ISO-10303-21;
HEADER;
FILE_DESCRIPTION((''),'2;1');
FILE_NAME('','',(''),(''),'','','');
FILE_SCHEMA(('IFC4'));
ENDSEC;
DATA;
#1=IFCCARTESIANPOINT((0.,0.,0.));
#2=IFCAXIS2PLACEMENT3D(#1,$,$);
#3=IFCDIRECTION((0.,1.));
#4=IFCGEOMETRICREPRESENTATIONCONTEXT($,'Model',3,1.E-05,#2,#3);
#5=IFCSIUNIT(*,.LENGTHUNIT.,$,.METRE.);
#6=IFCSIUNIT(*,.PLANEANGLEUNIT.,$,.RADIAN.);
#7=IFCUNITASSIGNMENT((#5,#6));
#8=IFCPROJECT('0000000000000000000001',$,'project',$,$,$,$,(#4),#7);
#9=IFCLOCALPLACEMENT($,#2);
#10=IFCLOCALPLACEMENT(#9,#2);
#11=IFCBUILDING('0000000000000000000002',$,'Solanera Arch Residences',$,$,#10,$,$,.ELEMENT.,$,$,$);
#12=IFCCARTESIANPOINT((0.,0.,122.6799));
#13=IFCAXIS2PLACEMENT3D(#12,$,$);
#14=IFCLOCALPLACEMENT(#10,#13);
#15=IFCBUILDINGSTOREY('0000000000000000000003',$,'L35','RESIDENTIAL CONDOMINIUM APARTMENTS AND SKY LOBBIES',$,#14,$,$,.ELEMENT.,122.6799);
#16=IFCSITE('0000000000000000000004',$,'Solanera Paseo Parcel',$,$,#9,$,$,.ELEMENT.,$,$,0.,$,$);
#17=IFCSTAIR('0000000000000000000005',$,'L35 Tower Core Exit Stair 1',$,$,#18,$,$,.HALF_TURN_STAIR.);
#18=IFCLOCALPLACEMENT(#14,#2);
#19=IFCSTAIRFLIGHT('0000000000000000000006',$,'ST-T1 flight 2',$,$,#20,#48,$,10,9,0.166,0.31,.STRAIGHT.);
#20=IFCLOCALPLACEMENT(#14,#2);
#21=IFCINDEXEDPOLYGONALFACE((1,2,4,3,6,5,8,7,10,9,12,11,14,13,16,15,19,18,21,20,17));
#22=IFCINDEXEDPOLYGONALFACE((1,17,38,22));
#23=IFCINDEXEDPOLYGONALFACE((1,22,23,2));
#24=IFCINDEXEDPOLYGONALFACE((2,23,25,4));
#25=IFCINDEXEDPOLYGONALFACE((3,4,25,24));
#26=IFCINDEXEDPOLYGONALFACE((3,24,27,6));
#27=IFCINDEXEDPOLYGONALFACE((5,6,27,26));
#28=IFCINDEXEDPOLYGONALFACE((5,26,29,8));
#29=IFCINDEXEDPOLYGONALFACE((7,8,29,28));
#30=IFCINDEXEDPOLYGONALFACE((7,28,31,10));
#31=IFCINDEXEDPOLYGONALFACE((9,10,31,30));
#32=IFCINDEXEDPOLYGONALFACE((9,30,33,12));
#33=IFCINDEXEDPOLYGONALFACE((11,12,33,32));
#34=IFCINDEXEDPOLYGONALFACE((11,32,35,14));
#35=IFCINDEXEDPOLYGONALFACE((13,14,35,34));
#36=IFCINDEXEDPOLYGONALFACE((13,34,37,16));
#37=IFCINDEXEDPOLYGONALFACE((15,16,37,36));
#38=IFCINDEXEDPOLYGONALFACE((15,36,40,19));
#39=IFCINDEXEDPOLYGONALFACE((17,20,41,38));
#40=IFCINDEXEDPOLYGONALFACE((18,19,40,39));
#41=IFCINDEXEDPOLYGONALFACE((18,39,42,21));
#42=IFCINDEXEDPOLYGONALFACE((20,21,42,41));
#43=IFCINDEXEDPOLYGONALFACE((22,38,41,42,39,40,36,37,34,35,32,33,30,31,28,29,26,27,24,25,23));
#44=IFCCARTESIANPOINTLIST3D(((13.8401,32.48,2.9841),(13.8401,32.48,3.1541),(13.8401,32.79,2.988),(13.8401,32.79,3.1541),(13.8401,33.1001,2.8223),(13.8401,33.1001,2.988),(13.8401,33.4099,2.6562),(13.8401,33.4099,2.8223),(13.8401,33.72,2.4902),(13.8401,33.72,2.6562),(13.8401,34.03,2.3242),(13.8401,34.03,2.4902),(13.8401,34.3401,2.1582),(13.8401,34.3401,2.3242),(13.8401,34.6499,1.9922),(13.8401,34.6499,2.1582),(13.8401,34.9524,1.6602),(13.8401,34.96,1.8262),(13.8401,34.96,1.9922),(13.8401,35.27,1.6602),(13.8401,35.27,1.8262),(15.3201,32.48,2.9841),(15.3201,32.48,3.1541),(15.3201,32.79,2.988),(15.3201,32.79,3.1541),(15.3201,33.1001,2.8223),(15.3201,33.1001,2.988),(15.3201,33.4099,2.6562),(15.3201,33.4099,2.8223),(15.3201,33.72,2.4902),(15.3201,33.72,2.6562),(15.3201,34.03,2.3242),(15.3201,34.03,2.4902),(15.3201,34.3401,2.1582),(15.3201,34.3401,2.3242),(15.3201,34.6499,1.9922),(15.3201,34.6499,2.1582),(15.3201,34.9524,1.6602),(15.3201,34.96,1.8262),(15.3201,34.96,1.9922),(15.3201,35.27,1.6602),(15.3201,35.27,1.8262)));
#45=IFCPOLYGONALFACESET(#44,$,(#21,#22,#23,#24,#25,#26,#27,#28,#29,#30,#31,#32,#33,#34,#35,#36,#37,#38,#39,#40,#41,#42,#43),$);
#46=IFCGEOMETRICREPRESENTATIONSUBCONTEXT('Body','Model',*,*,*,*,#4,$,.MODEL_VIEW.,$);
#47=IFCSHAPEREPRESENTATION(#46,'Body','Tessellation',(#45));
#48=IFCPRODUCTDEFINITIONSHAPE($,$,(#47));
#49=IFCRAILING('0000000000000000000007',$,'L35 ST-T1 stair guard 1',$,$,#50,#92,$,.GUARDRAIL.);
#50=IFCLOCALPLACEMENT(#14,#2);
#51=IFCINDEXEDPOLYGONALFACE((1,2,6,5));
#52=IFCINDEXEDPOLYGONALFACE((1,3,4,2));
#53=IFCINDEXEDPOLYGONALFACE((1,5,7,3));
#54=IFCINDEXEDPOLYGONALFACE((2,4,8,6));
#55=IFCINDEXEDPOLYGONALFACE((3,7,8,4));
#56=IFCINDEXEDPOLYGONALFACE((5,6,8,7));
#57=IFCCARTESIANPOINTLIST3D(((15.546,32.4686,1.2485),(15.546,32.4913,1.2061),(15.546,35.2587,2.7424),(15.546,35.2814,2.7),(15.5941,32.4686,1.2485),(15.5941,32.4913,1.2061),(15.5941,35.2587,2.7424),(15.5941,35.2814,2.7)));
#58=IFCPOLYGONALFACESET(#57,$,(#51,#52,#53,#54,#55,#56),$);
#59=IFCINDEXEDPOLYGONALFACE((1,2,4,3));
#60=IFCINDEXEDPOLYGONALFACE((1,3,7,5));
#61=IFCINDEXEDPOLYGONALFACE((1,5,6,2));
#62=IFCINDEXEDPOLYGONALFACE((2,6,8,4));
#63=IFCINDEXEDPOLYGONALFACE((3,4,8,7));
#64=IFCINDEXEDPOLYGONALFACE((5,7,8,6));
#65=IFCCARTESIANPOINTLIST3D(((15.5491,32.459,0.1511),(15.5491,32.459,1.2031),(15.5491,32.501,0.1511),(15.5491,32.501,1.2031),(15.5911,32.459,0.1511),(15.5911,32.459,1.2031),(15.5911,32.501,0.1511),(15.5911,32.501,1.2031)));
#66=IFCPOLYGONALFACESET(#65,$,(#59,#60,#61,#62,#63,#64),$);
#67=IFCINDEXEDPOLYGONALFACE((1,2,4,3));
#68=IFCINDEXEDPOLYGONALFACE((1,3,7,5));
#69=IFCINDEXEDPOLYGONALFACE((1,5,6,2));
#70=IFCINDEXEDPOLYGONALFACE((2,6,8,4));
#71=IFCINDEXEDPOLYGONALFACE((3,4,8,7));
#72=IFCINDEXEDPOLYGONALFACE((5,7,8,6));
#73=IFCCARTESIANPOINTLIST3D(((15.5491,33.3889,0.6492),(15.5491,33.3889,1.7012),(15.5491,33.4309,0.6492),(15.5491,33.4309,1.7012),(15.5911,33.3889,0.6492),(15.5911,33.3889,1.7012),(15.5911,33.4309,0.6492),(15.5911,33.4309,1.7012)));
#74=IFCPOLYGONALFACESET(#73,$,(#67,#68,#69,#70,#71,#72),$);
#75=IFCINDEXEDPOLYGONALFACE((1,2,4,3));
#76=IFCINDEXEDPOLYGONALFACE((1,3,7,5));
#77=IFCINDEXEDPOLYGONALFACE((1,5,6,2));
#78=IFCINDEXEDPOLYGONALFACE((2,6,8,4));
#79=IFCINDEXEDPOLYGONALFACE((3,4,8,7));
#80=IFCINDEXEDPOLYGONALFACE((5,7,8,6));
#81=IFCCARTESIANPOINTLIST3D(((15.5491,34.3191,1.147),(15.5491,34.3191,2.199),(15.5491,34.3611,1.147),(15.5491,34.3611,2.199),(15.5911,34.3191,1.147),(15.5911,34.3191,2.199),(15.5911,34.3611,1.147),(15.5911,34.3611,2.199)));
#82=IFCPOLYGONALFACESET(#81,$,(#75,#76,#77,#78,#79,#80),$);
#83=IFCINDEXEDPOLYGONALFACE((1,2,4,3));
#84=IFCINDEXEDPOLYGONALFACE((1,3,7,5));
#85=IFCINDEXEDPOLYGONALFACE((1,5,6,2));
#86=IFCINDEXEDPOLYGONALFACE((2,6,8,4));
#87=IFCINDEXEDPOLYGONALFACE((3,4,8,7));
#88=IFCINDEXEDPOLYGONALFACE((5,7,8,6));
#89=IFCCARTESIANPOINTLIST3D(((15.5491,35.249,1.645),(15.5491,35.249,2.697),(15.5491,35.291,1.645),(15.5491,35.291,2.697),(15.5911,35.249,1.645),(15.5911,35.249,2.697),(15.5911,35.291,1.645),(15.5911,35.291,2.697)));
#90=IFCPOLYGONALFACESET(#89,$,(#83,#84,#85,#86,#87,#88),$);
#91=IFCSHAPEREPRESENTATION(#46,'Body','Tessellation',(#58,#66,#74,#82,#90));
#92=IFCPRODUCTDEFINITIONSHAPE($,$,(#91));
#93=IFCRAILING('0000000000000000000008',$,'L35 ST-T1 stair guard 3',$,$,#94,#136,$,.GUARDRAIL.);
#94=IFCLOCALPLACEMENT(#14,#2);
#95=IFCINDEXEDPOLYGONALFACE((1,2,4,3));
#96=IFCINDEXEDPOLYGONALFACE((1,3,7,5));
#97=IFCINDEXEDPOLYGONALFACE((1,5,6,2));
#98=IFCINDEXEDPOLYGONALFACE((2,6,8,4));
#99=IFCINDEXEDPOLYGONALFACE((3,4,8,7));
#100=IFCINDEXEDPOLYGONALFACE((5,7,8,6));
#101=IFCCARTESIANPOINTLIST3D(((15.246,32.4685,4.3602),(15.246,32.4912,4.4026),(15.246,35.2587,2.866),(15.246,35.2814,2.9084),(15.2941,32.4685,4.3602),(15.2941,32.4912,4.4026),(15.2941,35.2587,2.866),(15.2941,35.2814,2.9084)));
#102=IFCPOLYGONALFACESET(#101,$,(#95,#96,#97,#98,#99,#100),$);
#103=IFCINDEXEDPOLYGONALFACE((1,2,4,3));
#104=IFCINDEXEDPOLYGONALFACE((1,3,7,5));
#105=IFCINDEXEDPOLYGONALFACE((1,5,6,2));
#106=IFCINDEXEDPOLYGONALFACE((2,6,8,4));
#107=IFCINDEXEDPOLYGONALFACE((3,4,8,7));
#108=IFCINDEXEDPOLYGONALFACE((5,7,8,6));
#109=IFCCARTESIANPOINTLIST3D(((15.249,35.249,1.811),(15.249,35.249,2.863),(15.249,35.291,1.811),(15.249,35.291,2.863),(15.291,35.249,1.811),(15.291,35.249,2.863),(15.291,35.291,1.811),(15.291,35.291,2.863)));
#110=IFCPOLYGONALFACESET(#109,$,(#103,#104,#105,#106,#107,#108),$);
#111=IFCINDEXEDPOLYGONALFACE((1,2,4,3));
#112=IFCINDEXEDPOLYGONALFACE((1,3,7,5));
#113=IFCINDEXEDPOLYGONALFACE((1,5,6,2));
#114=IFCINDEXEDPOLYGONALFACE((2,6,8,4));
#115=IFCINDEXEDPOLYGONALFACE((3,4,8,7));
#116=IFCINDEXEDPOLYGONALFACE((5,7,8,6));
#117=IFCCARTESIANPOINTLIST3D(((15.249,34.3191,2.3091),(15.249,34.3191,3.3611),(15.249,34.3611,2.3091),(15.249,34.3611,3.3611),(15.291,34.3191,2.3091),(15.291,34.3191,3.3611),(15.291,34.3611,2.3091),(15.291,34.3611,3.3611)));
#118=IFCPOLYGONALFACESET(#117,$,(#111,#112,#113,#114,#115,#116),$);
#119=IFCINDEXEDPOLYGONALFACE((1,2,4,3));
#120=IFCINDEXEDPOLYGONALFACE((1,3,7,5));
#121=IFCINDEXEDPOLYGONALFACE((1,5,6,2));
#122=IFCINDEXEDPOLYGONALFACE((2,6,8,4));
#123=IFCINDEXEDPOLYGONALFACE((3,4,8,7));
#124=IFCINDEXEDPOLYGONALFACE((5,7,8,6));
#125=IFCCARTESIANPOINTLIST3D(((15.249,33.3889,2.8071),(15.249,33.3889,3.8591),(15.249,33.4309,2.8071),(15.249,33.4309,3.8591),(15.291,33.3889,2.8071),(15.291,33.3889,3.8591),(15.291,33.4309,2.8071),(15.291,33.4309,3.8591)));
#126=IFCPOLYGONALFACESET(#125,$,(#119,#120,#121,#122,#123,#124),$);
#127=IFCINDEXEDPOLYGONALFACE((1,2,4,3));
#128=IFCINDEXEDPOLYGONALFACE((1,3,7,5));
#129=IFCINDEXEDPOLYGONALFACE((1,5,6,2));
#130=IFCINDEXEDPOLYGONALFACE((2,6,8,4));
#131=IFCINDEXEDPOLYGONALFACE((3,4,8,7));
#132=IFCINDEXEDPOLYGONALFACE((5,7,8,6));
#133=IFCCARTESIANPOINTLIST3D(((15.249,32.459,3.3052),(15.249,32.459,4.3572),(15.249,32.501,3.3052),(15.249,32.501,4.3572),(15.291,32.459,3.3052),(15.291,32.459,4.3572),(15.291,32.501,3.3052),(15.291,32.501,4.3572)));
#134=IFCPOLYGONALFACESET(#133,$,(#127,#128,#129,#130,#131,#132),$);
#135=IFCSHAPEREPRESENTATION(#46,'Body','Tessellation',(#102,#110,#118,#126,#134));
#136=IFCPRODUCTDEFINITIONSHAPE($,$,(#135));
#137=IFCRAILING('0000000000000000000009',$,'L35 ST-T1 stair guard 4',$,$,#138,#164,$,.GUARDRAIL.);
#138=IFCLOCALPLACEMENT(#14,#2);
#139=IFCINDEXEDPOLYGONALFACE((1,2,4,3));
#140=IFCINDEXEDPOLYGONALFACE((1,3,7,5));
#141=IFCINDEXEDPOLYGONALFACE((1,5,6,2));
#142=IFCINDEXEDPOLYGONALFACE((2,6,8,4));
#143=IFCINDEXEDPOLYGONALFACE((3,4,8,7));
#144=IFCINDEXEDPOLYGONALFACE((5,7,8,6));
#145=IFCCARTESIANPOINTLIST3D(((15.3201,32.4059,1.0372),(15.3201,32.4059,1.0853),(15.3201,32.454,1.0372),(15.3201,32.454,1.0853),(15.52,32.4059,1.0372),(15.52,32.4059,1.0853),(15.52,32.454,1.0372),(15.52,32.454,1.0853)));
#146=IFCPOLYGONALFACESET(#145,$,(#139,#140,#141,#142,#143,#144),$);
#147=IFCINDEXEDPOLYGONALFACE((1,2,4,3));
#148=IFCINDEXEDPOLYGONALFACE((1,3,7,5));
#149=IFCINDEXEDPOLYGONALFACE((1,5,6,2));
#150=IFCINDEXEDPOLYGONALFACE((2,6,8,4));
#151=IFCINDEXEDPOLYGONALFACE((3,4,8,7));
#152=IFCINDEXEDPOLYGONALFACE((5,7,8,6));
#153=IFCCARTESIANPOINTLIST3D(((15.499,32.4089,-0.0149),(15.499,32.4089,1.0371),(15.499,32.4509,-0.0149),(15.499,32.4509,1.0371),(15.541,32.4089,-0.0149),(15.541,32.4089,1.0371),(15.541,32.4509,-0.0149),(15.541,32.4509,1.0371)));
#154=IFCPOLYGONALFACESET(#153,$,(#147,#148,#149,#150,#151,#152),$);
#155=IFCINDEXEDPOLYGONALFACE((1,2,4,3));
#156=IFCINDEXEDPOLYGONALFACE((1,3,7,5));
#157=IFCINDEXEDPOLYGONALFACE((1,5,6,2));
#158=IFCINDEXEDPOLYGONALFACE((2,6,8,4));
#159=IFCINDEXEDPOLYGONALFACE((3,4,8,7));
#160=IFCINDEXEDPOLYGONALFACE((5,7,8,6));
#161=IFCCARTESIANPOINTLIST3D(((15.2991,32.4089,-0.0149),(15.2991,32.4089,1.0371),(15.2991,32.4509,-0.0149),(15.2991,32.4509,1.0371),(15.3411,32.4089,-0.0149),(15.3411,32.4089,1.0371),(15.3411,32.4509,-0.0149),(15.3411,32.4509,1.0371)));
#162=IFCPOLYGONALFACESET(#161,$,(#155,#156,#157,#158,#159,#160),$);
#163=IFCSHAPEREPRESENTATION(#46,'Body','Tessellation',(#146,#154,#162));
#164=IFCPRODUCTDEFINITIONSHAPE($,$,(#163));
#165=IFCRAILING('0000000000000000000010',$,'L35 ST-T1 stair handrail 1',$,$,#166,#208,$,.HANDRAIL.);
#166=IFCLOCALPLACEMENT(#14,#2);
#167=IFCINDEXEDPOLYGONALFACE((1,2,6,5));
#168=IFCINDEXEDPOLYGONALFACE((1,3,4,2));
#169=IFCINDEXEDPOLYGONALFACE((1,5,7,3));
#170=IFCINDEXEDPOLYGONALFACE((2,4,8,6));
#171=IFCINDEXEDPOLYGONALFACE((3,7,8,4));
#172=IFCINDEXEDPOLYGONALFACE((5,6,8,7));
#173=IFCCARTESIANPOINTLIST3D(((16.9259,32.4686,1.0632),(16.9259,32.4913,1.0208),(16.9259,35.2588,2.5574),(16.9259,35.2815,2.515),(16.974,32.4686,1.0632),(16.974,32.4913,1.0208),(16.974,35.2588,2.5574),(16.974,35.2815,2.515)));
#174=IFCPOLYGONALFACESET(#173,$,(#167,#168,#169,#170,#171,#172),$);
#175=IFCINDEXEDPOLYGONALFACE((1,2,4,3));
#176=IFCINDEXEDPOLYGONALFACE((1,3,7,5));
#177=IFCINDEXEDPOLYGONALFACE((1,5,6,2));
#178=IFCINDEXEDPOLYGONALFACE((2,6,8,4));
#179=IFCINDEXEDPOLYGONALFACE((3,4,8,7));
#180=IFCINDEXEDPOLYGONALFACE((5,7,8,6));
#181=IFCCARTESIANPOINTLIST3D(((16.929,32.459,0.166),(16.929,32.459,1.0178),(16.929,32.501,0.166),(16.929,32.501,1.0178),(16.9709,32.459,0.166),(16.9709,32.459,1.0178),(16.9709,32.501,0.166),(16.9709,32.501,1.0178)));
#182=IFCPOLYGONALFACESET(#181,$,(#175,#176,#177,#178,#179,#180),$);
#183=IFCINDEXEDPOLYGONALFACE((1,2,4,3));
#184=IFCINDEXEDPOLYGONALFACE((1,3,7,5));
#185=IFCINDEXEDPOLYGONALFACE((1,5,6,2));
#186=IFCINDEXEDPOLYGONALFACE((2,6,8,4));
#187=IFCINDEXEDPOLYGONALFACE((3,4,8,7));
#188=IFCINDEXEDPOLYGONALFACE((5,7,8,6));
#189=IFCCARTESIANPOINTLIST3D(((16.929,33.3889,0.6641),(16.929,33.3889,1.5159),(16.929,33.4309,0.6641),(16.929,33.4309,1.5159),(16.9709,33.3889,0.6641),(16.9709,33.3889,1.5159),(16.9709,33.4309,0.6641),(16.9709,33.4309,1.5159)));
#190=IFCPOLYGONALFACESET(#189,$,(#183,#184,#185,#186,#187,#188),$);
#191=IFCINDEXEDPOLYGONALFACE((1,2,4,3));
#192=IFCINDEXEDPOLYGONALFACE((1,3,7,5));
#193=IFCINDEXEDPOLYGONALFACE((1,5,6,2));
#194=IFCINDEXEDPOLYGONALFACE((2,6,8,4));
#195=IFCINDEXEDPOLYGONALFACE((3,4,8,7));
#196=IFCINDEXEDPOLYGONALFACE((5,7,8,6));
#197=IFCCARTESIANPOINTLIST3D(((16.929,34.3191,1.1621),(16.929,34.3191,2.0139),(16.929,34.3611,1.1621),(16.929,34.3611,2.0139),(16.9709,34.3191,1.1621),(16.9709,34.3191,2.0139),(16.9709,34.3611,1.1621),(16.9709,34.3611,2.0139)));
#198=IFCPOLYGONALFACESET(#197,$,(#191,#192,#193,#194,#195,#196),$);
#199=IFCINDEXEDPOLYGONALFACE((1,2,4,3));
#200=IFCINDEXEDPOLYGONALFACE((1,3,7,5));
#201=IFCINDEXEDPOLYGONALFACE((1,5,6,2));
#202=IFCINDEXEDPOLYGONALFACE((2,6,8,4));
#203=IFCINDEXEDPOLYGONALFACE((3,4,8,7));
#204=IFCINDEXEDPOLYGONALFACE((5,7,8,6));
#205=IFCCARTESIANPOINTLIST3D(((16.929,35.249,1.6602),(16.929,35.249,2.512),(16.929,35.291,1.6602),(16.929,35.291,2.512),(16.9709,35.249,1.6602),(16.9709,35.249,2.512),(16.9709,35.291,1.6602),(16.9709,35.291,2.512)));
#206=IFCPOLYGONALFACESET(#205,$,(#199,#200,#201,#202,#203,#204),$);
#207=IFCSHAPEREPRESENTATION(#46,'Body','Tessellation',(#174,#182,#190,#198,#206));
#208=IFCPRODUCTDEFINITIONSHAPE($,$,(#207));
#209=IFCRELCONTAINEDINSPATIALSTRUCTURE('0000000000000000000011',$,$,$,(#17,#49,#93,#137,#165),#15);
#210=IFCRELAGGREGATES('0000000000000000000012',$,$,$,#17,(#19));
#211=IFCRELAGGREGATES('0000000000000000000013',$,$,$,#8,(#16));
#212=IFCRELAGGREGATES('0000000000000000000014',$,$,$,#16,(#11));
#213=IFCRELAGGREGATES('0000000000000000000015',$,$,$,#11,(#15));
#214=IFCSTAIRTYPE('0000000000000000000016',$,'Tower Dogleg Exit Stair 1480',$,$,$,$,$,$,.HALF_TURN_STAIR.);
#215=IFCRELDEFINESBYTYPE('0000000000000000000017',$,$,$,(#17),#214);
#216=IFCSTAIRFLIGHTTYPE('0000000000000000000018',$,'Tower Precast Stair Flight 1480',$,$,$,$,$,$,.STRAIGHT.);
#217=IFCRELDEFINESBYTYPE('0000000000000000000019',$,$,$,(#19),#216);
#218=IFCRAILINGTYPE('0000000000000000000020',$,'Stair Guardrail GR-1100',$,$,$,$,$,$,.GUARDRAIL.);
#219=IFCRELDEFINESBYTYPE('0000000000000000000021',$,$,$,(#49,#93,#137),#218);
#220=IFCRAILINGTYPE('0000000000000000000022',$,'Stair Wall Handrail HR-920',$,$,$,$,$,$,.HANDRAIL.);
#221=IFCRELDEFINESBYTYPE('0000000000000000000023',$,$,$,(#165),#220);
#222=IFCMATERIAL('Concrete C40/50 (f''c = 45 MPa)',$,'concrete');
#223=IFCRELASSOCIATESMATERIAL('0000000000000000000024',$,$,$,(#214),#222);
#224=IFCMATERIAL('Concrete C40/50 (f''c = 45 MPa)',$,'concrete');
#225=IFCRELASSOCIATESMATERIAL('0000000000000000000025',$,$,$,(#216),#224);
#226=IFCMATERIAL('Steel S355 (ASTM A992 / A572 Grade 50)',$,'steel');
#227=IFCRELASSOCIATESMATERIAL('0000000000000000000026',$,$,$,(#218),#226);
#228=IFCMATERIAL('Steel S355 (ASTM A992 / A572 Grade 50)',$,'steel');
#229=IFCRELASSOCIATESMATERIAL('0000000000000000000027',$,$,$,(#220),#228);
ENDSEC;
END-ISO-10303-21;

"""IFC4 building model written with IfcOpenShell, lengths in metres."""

from ifc_helpers import new_model, si_unit, direction, frame, origin, origin_2d, place, context, subcontext, project, spatial, polyline, rectangle, outline, extrude, material, type_object, element, aggregate, save


model = new_model("IFC4")

# Units and contexts
model_context = context("Model", 3, precision=1e-05, world=origin(), true_north=direction((0.0, 1.0)))
body_context = subcontext(model_context, "Body", "Model", "MODEL_VIEW")
ifc_project = project(units=[si_unit("LENGTHUNIT", "METRE"), si_unit("PLANEANGLEUNIT", "RADIAN")], contexts=[model_context])

# Site, building, storey
site_placement = place(None, origin())
site = spatial("IfcSite", under=ifc_project, at=site_placement, Name="Solanera Paseo Parcel", CompositionType="ELEMENT", RefElevation=0.0)
building_placement = place(site_placement, origin())
building = spatial("IfcBuilding", under=site, at=building_placement, Name="Solanera Arch Residences", CompositionType="ELEMENT")
storey_placement = place(building_placement, frame((0.0, 0.0, 122.6799)))
storey = spatial("IfcBuildingStorey", under=building, at=storey_placement, Name="L35", Description="RESIDENTIAL CONDOMINIUM APARTMENTS AND SKY LOBBIES", CompositionType="ELEMENT", Elevation=122.6799)

# Stair, stair flight
ifc_material_1 = material(Name="Concrete C40/50 (f'c = 45 MPa)", Category="concrete")
stair_type = type_object("IfcStairType", Name="Tower Dogleg Exit Stair 1480", PredefinedType="HALF_TURN_STAIR", material=ifc_material_1)
stair_placement = place(storey_placement, origin())
stair = element("IfcStair", 1, at=stair_placement, inside=storey, type_object=stair_type, Name="L35 Tower Core Exit Stair 1", PredefinedType="HALF_TURN_STAIR")
ifc_material_2 = material(Name="Concrete C40/50 (f'c = 45 MPa)", Category="concrete")
stair_flight_type = type_object("IfcStairFlightType", Name="Tower Precast Stair Flight 1480", PredefinedType="STRAIGHT", material=ifc_material_2)
stair_flight_1_placement = place(storey_placement, frame((14.5801, 35.27, 1.6602), z_axis=(0.0, 0.0, 1.0), x_axis=(0.0, -1.0, 0.0)))
stair_flight_1 = element("IfcStairFlight", 2, at=stair_flight_1_placement, type_object=stair_flight_type, Name="ST-T1 flight 2", NumberOfRisers=10, NumberOfTreads=9, PredefinedType="STRAIGHT", RiserHeight=0.166, TreadLength=0.31, context=body_context, shape_type="SweptSolid", body=[
    extrude(outline(polyline([(0.0, 0.0), (0.0, 0.166), (0.3101, 0.166), (0.3101, 0.332), (0.6201, 0.332), (0.6201, 0.498), (0.9299, 0.498), (0.9299, 0.6641), (1.24, 0.6641), (1.24, 0.8301), (1.55, 0.8301), (1.55, 0.9961), (1.8601, 0.9961), (1.8601, 1.1621), (2.1699, 1.1621), (2.1699, 1.3279), (2.48, 1.3279), (2.48, 1.4939), (2.79, 1.4939), (2.79, 1.6599), (2.79, 1.324), (0.3176, 0.0), (0.0, 0.0)])), frame((0.0, 0.74, 0.0), z_axis=(0.0, -1.0, 0.0), x_axis=(1.0, 0.0, 0.0)), (0.0, 0.0, 1.0), 1.48),
])
aggregate(stair, [stair_flight_1])

# Railings
ifc_material_3 = material(Name="Steel S355 (ASTM A992 / A572 Grade 50)", Category="steel")
railing_type_1 = type_object("IfcRailingType", Name="Stair Guardrail GR-1100", PredefinedType="GUARDRAIL", material=ifc_material_3)
railing_1_placement = place(storey_placement, frame((15.5701, 32.48, 0.1511)))
element("IfcRailing", 3, at=railing_1_placement, inside=storey, type_object=railing_type_1, Name="L35 ST-T1 stair guard 1", PredefinedType="GUARDRAIL", context=body_context, shape_type="SweptSolid", body=[
    extrude(rectangle(XDim=0.0481, YDim=0.0481, at=origin_2d()), frame((0.0, 0.0, 1.0762), z_axis=(0.0, 0.881581, 0.472033), x_axis=(-1.0, 0.0, 0.0)), (0.0, 0.0, 1.0), 3.1648),
    extrude(rectangle(XDim=0.042, YDim=0.042, at=origin_2d()), origin(), (0.0, 0.0, 1.0), 1.052),
    extrude(rectangle(XDim=0.042, YDim=0.042, at=origin_2d()), frame((0.0, 0.9299, 0.498)), (0.0, 0.0, 1.0), 1.052),
    extrude(rectangle(XDim=0.042, YDim=0.042, at=origin_2d()), frame((0.0, 1.8601, 0.9958)), (0.0, 0.0, 1.0), 1.052),
    extrude(rectangle(XDim=0.042, YDim=0.042, at=origin_2d()), frame((0.0, 2.79, 1.4939)), (0.0, 0.0, 1.0), 1.052),
])
railing_2_placement = place(storey_placement, frame((15.27, 35.27, 1.811)))
element("IfcRailing", 4, at=railing_2_placement, inside=storey, type_object=railing_type_1, Name="L35 ST-T1 stair guard 3", PredefinedType="GUARDRAIL", context=body_context, shape_type="SweptSolid", body=[
    extrude(rectangle(XDim=0.0481, YDim=0.0481, at=origin_2d()), frame((0.0, 0.0, 1.0762), z_axis=(0.0, -0.881549, 0.472093), x_axis=(1.0, 0.0, 0.0)), (0.0, 0.0, 1.0), 3.165),
    extrude(rectangle(XDim=0.042, YDim=0.042, at=origin_2d()), origin(), (0.0, 0.0, 1.0), 1.052),
    extrude(rectangle(XDim=0.042, YDim=0.042, at=origin_2d()), frame((0.0, -0.9299, 0.498)), (0.0, 0.0, 1.0), 1.052),
    extrude(rectangle(XDim=0.042, YDim=0.042, at=origin_2d()), frame((0.0, -1.8601, 0.9961)), (0.0, 0.0, 1.0), 1.052),
    extrude(rectangle(XDim=0.042, YDim=0.042, at=origin_2d()), frame((0.0, -2.79, 1.4941)), (0.0, 0.0, 1.0), 1.052),
])
railing_3_placement = place(storey_placement, frame((15.52, 32.4299, -0.0149)))
element("IfcRailing", 5, at=railing_3_placement, inside=storey, type_object=railing_type_1, Name="L35 ST-T1 stair guard 4", PredefinedType="GUARDRAIL", context=body_context, shape_type="SweptSolid", body=[
    extrude(rectangle(XDim=0.0481, YDim=0.0481, at=origin_2d()), frame((0.0, 0.0, 1.0762), z_axis=(-1.0, 0.0, 0.0), x_axis=(0.0, -1.0, 0.0)), (0.0, 0.0, 1.0), 0.2),
    extrude(rectangle(XDim=0.042, YDim=0.042, at=origin_2d()), origin(), (0.0, 0.0, 1.0), 1.052),
    extrude(rectangle(XDim=0.042, YDim=0.042, at=origin_2d()), frame((-0.2, 0.0, 0.0)), (0.0, 0.0, 1.0), 1.052),
])
ifc_material_4 = material(Name="Steel S355 (ASTM A992 / A572 Grade 50)", Category="steel")
railing_type_2 = type_object("IfcRailingType", Name="Stair Wall Handrail HR-920", PredefinedType="HANDRAIL", material=ifc_material_4)
railing_4_placement = place(storey_placement, frame((16.95, 32.48, 0.166)))
element("IfcRailing", 6, at=railing_4_placement, inside=storey, type_object=railing_type_2, Name="L35 ST-T1 stair handrail 1", PredefinedType="HANDRAIL", context=body_context, shape_type="SweptSolid", body=[
    extrude(rectangle(XDim=0.0481, YDim=0.0481, at=origin_2d()), frame((0.0, 0.0, 0.876), z_axis=(0.0, 0.881549, 0.472093), x_axis=(-1.0, 0.0, 0.0)), (0.0, 0.0, 1.0), 3.165),
    extrude(rectangle(XDim=0.042, YDim=0.042, at=origin_2d()), origin(), (0.0, 0.0, 1.0), 0.8518),
    extrude(rectangle(XDim=0.042, YDim=0.042, at=origin_2d()), frame((0.0, 0.9299, 0.498)), (0.0, 0.0, 1.0), 0.8518),
    extrude(rectangle(XDim=0.042, YDim=0.042, at=origin_2d()), frame((0.0, 1.8601, 0.9961)), (0.0, 0.0, 1.0), 0.8518),
    extrude(rectangle(XDim=0.042, YDim=0.042, at=origin_2d()), frame((0.0, 2.79, 1.4941)), (0.0, 0.0, 1.0), 0.8518),
])

save(model, "model.ifc")
